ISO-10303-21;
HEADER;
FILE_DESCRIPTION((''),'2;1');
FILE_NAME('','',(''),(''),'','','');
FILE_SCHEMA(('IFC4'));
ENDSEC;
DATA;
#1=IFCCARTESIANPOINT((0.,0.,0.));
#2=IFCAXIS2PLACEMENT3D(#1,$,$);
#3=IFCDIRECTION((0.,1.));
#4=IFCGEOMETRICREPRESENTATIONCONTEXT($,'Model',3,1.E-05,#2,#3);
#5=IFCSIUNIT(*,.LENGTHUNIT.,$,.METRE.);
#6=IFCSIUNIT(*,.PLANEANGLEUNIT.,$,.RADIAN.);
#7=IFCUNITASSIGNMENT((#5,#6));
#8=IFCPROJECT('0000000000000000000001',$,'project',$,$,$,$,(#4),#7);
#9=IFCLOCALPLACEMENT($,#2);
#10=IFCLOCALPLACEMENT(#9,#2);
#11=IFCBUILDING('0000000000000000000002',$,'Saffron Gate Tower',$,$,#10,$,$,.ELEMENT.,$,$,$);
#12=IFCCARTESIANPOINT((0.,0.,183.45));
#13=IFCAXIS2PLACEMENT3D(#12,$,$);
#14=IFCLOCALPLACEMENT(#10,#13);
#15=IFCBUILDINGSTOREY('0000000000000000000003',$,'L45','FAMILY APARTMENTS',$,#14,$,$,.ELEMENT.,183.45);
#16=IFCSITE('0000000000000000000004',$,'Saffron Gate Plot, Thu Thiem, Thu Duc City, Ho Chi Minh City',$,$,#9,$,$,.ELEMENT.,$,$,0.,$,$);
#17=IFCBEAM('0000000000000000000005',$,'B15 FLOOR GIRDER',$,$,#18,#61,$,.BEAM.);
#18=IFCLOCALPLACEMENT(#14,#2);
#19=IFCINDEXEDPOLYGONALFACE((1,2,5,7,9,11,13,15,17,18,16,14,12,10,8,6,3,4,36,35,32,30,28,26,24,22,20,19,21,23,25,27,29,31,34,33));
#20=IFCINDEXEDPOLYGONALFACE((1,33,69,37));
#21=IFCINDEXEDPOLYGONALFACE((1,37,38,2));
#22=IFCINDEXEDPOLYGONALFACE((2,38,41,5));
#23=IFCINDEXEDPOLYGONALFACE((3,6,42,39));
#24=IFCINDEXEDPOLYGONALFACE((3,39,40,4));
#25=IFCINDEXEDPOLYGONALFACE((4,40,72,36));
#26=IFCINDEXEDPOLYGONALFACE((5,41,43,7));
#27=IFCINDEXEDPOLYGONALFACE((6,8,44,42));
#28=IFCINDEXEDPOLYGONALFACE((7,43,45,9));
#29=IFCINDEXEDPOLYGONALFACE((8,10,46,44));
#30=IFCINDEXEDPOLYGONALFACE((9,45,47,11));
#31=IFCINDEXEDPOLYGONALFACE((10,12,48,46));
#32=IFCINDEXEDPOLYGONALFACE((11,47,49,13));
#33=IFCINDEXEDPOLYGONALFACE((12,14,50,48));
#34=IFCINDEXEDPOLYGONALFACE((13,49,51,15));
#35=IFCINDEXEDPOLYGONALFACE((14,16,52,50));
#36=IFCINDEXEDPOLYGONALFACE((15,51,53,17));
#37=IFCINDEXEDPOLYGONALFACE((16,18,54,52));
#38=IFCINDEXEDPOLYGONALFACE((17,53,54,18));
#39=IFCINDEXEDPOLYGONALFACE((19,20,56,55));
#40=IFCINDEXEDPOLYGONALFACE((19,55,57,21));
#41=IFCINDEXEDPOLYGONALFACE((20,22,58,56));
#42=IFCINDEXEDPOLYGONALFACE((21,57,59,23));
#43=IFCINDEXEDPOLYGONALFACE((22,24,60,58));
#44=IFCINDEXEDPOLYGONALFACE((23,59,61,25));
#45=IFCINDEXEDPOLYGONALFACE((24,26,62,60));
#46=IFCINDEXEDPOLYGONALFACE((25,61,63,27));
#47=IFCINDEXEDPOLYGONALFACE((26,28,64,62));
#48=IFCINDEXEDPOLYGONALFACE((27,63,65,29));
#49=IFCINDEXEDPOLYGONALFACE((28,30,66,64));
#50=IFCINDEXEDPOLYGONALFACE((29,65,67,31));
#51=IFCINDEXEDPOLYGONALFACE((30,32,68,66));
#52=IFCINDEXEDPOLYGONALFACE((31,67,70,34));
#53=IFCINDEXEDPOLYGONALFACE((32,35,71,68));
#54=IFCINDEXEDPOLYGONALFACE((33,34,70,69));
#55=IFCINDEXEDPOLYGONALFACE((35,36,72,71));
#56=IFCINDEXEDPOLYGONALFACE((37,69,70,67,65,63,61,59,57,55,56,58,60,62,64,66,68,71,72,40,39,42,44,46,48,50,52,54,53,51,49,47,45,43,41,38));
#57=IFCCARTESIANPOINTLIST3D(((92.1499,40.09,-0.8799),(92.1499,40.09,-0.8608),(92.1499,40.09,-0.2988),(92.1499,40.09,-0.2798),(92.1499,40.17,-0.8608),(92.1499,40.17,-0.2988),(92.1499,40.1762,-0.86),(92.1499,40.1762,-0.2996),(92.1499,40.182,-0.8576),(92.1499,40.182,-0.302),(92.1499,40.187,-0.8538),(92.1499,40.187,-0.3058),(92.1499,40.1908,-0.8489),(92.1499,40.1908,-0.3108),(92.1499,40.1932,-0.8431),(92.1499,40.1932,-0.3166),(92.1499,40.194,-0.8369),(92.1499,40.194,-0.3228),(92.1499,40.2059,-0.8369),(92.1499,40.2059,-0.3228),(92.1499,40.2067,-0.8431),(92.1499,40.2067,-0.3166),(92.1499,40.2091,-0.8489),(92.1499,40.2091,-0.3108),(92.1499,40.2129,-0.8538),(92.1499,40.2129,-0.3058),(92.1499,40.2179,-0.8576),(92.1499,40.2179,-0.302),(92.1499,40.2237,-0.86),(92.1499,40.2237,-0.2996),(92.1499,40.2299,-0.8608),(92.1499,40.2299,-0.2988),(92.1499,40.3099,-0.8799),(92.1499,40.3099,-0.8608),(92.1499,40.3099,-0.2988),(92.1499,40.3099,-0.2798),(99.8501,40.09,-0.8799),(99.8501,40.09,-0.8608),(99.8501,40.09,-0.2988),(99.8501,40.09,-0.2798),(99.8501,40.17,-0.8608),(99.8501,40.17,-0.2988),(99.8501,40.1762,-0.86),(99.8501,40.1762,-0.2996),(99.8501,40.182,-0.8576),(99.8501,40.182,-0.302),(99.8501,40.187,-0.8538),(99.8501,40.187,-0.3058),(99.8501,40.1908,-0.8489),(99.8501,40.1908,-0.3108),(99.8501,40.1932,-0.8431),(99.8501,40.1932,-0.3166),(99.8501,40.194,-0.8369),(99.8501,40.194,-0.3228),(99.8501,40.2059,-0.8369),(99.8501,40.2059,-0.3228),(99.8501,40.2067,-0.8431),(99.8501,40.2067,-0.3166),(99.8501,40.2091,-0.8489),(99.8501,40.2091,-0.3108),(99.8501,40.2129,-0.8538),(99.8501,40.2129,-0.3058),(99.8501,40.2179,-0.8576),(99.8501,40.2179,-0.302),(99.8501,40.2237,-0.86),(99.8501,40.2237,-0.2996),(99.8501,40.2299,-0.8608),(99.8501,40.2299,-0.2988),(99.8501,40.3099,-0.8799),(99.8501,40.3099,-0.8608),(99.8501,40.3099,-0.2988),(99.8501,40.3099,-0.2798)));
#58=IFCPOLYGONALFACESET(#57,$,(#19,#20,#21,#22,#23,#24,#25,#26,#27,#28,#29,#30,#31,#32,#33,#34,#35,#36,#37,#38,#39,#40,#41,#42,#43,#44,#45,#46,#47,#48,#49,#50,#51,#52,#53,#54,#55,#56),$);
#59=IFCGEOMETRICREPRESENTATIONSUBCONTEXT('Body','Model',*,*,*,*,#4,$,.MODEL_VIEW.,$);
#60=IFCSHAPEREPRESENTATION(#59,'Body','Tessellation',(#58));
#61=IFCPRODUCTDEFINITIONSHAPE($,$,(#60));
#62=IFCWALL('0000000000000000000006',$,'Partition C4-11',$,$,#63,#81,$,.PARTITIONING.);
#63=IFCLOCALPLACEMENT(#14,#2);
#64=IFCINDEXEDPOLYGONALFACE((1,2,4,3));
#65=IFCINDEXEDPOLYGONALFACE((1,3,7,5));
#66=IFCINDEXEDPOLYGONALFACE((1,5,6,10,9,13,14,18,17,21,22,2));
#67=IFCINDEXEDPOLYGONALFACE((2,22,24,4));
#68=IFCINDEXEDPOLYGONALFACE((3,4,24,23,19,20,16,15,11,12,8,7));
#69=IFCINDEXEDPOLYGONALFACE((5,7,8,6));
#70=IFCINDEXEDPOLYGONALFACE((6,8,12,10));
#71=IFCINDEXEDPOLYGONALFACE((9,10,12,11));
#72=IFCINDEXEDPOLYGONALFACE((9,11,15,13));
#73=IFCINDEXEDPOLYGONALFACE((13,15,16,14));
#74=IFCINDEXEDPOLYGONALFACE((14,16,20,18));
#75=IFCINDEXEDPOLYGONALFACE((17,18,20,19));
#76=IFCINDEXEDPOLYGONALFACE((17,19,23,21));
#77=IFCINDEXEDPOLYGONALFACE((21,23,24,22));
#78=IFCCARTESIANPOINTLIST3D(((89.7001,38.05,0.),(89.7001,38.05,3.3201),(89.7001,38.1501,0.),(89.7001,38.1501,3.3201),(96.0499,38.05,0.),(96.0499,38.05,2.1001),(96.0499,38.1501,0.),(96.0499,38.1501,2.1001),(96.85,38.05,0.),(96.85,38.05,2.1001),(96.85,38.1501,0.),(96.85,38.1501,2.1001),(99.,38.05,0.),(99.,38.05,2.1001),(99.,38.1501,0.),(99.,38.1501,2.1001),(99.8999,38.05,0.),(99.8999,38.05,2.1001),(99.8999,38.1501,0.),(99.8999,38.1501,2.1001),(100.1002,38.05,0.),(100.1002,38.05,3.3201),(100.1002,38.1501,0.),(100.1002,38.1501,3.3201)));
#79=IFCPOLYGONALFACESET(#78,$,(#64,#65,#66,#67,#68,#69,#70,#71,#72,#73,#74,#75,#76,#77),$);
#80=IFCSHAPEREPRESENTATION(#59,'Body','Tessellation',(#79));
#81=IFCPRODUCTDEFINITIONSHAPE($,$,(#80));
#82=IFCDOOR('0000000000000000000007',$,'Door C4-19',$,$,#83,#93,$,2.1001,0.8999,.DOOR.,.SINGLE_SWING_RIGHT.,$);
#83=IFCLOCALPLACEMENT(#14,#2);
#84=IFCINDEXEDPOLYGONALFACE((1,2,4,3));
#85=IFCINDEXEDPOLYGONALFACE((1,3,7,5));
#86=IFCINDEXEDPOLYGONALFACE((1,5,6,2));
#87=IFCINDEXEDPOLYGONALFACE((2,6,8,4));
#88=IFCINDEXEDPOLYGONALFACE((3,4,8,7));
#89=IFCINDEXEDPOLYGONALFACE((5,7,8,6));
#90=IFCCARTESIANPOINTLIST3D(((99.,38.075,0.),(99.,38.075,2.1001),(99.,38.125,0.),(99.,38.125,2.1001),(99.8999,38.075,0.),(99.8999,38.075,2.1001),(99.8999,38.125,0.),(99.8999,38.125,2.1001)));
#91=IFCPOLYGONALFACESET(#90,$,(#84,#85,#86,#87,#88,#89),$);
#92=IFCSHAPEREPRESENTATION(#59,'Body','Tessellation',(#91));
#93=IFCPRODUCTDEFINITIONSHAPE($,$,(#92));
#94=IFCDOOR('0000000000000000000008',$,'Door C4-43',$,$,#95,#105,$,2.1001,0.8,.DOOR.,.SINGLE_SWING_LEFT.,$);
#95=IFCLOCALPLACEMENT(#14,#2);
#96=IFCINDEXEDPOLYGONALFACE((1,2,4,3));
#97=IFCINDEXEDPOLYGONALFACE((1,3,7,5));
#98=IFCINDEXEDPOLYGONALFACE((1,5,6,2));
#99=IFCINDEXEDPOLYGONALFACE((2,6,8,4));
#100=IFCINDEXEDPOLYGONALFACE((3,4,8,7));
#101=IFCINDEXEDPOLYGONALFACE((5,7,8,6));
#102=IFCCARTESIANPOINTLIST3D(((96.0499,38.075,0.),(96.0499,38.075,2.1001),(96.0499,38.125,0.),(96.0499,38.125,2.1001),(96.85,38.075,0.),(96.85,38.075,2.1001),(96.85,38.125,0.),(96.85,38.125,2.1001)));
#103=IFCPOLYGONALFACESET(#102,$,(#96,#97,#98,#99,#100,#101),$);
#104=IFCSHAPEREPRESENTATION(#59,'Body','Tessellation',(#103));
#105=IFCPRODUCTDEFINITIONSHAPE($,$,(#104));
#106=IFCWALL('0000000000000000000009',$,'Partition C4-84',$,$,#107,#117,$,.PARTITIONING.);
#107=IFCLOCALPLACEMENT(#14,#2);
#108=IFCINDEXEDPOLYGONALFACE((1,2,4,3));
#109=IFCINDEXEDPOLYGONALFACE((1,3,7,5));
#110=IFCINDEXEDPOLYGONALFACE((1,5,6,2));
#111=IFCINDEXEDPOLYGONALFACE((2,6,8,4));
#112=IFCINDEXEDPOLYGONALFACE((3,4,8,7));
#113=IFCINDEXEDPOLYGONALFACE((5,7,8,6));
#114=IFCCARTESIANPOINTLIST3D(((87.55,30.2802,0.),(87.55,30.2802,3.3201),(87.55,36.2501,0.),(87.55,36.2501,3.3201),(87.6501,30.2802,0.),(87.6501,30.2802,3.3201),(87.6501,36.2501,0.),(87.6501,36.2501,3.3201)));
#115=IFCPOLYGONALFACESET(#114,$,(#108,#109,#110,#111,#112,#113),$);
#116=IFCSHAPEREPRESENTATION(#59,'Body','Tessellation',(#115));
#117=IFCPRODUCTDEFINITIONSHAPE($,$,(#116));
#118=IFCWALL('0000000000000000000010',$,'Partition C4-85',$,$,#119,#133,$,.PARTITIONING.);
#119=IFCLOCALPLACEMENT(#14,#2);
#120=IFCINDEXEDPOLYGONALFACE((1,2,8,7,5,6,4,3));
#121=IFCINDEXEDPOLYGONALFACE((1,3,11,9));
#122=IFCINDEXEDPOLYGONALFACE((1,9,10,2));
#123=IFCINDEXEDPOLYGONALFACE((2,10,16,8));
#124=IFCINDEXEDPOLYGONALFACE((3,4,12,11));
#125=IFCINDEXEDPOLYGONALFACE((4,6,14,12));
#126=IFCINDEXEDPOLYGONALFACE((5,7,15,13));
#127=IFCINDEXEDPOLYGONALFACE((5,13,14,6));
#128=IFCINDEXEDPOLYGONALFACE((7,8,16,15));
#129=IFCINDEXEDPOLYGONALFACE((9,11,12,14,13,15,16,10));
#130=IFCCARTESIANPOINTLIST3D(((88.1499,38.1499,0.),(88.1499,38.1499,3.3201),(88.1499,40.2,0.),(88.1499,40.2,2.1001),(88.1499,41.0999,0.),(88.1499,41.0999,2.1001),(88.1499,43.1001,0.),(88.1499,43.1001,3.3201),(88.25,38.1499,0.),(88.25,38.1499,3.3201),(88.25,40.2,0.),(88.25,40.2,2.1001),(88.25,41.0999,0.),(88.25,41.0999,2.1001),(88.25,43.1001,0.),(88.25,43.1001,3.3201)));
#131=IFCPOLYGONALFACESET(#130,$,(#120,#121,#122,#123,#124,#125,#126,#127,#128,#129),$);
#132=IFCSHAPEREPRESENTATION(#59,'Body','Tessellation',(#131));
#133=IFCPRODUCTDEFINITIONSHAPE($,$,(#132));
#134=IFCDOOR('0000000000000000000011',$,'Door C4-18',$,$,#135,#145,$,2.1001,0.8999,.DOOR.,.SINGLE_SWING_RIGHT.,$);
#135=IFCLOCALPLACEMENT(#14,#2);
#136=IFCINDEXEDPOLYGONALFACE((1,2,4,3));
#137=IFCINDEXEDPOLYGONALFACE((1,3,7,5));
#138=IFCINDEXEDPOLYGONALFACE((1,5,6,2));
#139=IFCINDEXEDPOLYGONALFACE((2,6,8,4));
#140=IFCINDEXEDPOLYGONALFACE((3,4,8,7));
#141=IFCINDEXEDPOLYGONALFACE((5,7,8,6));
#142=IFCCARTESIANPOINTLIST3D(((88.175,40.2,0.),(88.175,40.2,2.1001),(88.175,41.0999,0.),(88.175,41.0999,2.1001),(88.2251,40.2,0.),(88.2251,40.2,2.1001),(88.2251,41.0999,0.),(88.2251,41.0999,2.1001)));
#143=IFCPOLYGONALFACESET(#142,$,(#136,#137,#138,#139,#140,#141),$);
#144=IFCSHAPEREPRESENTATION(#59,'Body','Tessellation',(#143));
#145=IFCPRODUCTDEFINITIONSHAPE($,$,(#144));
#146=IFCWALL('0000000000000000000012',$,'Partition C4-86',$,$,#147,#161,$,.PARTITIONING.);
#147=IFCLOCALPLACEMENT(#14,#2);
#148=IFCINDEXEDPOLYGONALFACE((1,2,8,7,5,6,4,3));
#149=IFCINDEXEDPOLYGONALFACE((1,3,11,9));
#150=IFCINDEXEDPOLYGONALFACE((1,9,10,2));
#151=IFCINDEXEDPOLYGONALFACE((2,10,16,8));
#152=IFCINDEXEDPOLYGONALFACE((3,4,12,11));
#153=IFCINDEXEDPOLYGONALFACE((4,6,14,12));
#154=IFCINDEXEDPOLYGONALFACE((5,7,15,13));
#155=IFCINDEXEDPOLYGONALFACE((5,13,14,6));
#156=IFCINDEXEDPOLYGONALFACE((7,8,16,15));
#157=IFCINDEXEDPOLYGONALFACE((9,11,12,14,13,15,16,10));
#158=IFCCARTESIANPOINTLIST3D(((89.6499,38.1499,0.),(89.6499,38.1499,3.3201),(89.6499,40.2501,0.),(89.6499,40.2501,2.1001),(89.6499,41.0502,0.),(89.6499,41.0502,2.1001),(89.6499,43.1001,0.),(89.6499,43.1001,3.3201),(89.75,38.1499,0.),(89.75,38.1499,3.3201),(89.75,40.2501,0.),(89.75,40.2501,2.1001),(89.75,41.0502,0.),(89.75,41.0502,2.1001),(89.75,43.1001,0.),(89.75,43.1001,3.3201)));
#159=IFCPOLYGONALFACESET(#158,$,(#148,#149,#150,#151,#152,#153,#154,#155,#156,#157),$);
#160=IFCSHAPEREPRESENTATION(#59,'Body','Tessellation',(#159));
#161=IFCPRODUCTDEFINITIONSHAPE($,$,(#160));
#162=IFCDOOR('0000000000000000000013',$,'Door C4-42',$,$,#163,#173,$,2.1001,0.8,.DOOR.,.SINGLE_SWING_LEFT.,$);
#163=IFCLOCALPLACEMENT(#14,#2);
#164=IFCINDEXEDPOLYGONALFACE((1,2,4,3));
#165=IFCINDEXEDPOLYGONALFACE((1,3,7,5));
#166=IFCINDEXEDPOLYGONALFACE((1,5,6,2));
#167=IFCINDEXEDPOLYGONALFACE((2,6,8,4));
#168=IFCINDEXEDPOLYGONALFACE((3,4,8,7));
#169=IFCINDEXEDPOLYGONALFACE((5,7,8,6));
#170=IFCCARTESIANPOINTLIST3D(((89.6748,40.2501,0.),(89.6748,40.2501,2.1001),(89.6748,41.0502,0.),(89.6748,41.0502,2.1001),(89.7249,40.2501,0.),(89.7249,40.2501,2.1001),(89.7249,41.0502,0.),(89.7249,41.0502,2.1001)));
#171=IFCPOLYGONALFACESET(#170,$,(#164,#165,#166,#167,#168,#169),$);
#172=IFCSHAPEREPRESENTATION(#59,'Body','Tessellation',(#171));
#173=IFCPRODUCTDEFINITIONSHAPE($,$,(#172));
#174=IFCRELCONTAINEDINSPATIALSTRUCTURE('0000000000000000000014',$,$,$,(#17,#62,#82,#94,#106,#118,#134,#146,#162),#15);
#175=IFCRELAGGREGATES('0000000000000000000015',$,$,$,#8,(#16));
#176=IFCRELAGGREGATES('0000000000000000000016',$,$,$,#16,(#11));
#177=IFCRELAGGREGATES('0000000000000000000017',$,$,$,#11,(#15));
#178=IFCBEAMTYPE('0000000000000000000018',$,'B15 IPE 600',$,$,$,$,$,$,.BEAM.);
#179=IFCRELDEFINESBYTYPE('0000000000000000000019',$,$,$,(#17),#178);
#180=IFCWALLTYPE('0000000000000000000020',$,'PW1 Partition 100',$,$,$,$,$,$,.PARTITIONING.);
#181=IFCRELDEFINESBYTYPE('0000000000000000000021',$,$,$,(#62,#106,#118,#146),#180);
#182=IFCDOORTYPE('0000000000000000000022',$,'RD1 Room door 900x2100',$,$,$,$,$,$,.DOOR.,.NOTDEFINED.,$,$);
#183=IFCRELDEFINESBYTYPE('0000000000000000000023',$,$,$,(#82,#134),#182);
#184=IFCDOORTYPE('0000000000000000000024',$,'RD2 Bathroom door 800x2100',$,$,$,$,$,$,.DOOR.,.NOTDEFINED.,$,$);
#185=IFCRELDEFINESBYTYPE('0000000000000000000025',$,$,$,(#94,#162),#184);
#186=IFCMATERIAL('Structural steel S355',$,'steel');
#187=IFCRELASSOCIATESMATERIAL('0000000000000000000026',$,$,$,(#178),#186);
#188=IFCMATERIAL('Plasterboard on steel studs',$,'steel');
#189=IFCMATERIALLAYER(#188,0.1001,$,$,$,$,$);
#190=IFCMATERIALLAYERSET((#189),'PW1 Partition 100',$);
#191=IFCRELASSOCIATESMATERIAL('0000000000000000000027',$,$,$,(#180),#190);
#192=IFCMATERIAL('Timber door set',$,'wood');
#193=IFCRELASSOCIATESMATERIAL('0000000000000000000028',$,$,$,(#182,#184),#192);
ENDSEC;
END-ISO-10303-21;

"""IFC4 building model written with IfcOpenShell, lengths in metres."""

from ifc_helpers import new_model, si_unit, direction, frame, frame_2d, origin, origin_2d, place, context, subcontext, project, spatial, rectangle, i_section, extrude, material, layer, layer_set, material_profile, profile_set, type_object, element, fill, save


model = new_model("IFC4")

# Units and contexts
model_context = context("Model", 3, precision=1e-05, world=origin(), true_north=direction((0.0, 1.0)))
body_context = subcontext(model_context, "Body", "Model", "MODEL_VIEW")
ifc_project = project(units=[si_unit("LENGTHUNIT", "METRE"), si_unit("PLANEANGLEUNIT", "RADIAN")], contexts=[model_context])

# Site, building, storey
site_placement = place(None, origin())
site = spatial("IfcSite", under=ifc_project, at=site_placement, Name="Saffron Gate Plot, Thu Thiem, Thu Duc City, Ho Chi Minh City", CompositionType="ELEMENT", RefElevation=0.0)
building_placement = place(site_placement, origin())
building = spatial("IfcBuilding", under=site, at=building_placement, Name="Saffron Gate Tower", CompositionType="ELEMENT")
storey_placement = place(building_placement, frame((0.0, 0.0, 183.45)))
storey = spatial("IfcBuildingStorey", under=building, at=storey_placement, Name="L45", Description="FAMILY APARTMENTS", CompositionType="ELEMENT", Elevation=183.45)

# Beam
ifc_material_1 = material(Name="Structural steel S355", Category="steel")
ifc_material_profile_1 = material_profile(ifc_material_1, i_section(OverallWidth=0.22, OverallDepth=0.6001, WebThickness=0.012, FlangeThickness=0.019, FilletRadius=0.0239, at=origin_2d()))
ifc_profile_set_1 = profile_set([ifc_material_profile_1], Name="Structural steel S355")
beam_type_1 = type_object("IfcBeamType", Name="B15 IPE 600", PredefinedType="BEAM", material=ifc_profile_set_1)
beam_1_placement = place(storey_placement, frame((92.1499, 40.2, -0.5798), z_axis=(1.0, 0.0, 0.0), x_axis=(0.0, 1.0, 0.0)))
element("IfcBeam", 1, at=beam_1_placement, inside=storey, type_object=beam_type_1, Name="B15 FLOOR GIRDER", PredefinedType="BEAM", context=body_context, shape_type="SweptSolid", body=[
    extrude(i_section(OverallWidth=0.22, OverallDepth=0.6001, WebThickness=0.012, FlangeThickness=0.019, FilletRadius=0.0239, at=origin_2d()), origin(), (0.0, 0.0, 1.0), 7.7002),
])

# Wall, openings, doors
ifc_material_2 = material(Name="Plasterboard on steel studs", Category="steel")
ifc_layer = layer(ifc_material_2, 0.1001)
ifc_layer_set = layer_set([ifc_layer], Name="PW1 Partition 100")
wall_type = type_object("IfcWallType", Name="PW1 Partition 100", PredefinedType="PARTITIONING", material=ifc_layer_set)
wall_1_placement = place(storey_placement, frame((89.7, 38.1001, 0.0), z_axis=(0.0, 0.0, 1.0), x_axis=(1.0, 0.0, 0.0)))
wall_1 = element("IfcWall", 2, at=wall_1_placement, inside=storey, type_object=wall_type, Name="Partition C4-11", PredefinedType="PARTITIONING", context=body_context, shape_type="SweptSolid", body=[
    extrude(rectangle(XDim=10.4001, YDim=0.1001, at=frame_2d((5.2002, 0.0))), origin(), (0.0, 0.0, 1.0), 3.3201),
])
opening_1_placement = place(wall_1_placement, frame((6.3501, 0.0, 0.0)))
opening_1 = element("IfcOpeningElement", 3, at=opening_1_placement, cuts=wall_1, PredefinedType="OPENING", context=body_context, shape_type="SweptSolid", body=[
    extrude(rectangle(XDim=0.8, YDim=2.1001, at=frame_2d((0.3999, 1.05))), frame((0.0, 0.0601, 0.0), z_axis=(0.0, -1.0, 0.0), x_axis=(1.0, 0.0, 0.0)), (0.0, 0.0, 1.0), 0.1201),
])
opening_2_placement = place(wall_1_placement, frame((9.3, 0.0, 0.0)))
opening_2 = element("IfcOpeningElement", 4, at=opening_2_placement, cuts=wall_1, PredefinedType="OPENING", context=body_context, shape_type="SweptSolid", body=[
    extrude(rectangle(XDim=0.8999, YDim=2.1001, at=frame_2d((0.45, 1.05))), frame((0.0, 0.0601, 0.0), z_axis=(0.0, -1.0, 0.0), x_axis=(1.0, 0.0, 0.0)), (0.0, 0.0, 1.0), 0.1201),
])
ifc_material_3 = material(Name="Timber door set", Category="wood")
door_type_1 = type_object("IfcDoorType", Name="RD1 Room door 900x2100", OperationType="NOTDEFINED", PredefinedType="DOOR", material=ifc_material_3)
door_1_placement = place(opening_2_placement, origin())
door_1 = element("IfcDoor", 5, at=door_1_placement, inside=storey, type_object=door_type_1, Name="Door C4-19", OperationType="SINGLE_SWING_RIGHT", OverallHeight=2.1001, OverallWidth=0.8999, PredefinedType="DOOR", context=body_context, shape_type="SweptSolid", body=[
    extrude(rectangle(XDim=0.8999, YDim=2.1001, at=frame_2d((0.45, 1.05))), frame((0.0, 0.0249, 0.0), z_axis=(0.0, -1.0, 0.0), x_axis=(1.0, 0.0, 0.0)), (0.0, 0.0, 1.0), 0.05),
])
fill(opening_2, door_1)
door_type_2 = type_object("IfcDoorType", Name="RD2 Bathroom door 800x2100", OperationType="NOTDEFINED", PredefinedType="DOOR", material=ifc_material_3)
door_2_placement = place(opening_1_placement, origin())
door_2 = element("IfcDoor", 6, at=door_2_placement, inside=storey, type_object=door_type_2, Name="Door C4-43", OperationType="SINGLE_SWING_LEFT", OverallHeight=2.1001, OverallWidth=0.8, PredefinedType="DOOR", context=body_context, shape_type="SweptSolid", body=[
    extrude(rectangle(XDim=0.8, YDim=2.1001, at=frame_2d((0.3999, 1.05))), frame((0.0, 0.0249, 0.0), z_axis=(0.0, -1.0, 0.0), x_axis=(1.0, 0.0, 0.0)), (0.0, 0.0, 1.0), 0.05),
])
fill(opening_1, door_2)

# Wall
wall_2_placement = place(storey_placement, frame((87.6001, 36.25, 0.0), z_axis=(0.0, 0.0, 1.0), x_axis=(0.0, -1.0, 0.0)))
element("IfcWall", 7, at=wall_2_placement, inside=storey, type_object=wall_type, Name="Partition C4-84", PredefinedType="PARTITIONING", context=body_context, shape_type="SweptSolid", body=[
    extrude(rectangle(XDim=5.97, YDim=0.1001, at=frame_2d((2.9849, 0.0))), origin(), (0.0, 0.0, 1.0), 3.3201),
])

# Walls, openings, doors
wall_3_placement = place(storey_placement, frame((88.2, 38.1499, 0.0), z_axis=(0.0, 0.0, 1.0), x_axis=(0.0, 1.0, 0.0)))
wall_3 = element("IfcWall", 8, at=wall_3_placement, inside=storey, type_object=wall_type, Name="Partition C4-85", PredefinedType="PARTITIONING", context=body_context, shape_type="SweptSolid", body=[
    extrude(rectangle(XDim=4.9502, YDim=0.1001, at=frame_2d((2.4751, 0.0))), origin(), (0.0, 0.0, 1.0), 3.3201),
])
opening_3_placement = place(wall_3_placement, frame((2.05, 0.0, 0.0)))
opening_3 = element("IfcOpeningElement", 9, at=opening_3_placement, cuts=wall_3, PredefinedType="OPENING", context=body_context, shape_type="SweptSolid", body=[
    extrude(rectangle(XDim=0.8999, YDim=2.1001, at=frame_2d((0.45, 1.05))), frame((0.0, 0.0601, 0.0), z_axis=(0.0, -1.0, 0.0), x_axis=(1.0, 0.0, 0.0)), (0.0, 0.0, 1.0), 0.1201),
])
door_3_placement = place(opening_3_placement, origin())
door_3 = element("IfcDoor", 10, at=door_3_placement, inside=storey, type_object=door_type_1, Name="Door C4-18", OperationType="SINGLE_SWING_RIGHT", OverallHeight=2.1001, OverallWidth=0.8999, PredefinedType="DOOR", context=body_context, shape_type="SweptSolid", body=[
    extrude(rectangle(XDim=0.8999, YDim=2.1001, at=frame_2d((0.45, 1.05))), frame((0.0, 0.0249, 0.0), z_axis=(0.0, -1.0, 0.0), x_axis=(1.0, 0.0, 0.0)), (0.0, 0.0, 1.0), 0.05),
])
fill(opening_3, door_3)
wall_4_placement = place(storey_placement, frame((89.7, 43.1001, 0.0), z_axis=(0.0, 0.0, 1.0), x_axis=(0.0, -1.0, 0.0)))
wall_4 = element("IfcWall", 11, at=wall_4_placement, inside=storey, type_object=wall_type, Name="Partition C4-86", PredefinedType="PARTITIONING", context=body_context, shape_type="SweptSolid", body=[
    extrude(rectangle(XDim=4.9502, YDim=0.1001, at=frame_2d((2.4751, 0.0))), origin(), (0.0, 0.0, 1.0), 3.3201),
])
opening_4_placement = place(wall_4_placement, frame((2.05, 0.0, 0.0)))
opening_4 = element("IfcOpeningElement", 12, at=opening_4_placement, cuts=wall_4, PredefinedType="OPENING", context=body_context, shape_type="SweptSolid", body=[
    extrude(rectangle(XDim=0.8, YDim=2.1001, at=frame_2d((0.3999, 1.05))), frame((0.0, 0.0601, 0.0), z_axis=(0.0, -1.0, 0.0), x_axis=(1.0, 0.0, 0.0)), (0.0, 0.0, 1.0), 0.1201),
])
door_4_placement = place(opening_4_placement, origin())
door_4 = element("IfcDoor", 13, at=door_4_placement, inside=storey, type_object=door_type_2, Name="Door C4-42", OperationType="SINGLE_SWING_LEFT", OverallHeight=2.1001, OverallWidth=0.8, PredefinedType="DOOR", context=body_context, shape_type="SweptSolid", body=[
    extrude(rectangle(XDim=0.8, YDim=2.1001, at=frame_2d((0.3999, 1.05))), frame((0.0, 0.0249, 0.0), z_axis=(0.0, -1.0, 0.0), x_axis=(1.0, 0.0, 0.0)), (0.0, 0.0, 1.0), 0.05),
])
fill(opening_4, door_4)

save(model, "model.ifc")
